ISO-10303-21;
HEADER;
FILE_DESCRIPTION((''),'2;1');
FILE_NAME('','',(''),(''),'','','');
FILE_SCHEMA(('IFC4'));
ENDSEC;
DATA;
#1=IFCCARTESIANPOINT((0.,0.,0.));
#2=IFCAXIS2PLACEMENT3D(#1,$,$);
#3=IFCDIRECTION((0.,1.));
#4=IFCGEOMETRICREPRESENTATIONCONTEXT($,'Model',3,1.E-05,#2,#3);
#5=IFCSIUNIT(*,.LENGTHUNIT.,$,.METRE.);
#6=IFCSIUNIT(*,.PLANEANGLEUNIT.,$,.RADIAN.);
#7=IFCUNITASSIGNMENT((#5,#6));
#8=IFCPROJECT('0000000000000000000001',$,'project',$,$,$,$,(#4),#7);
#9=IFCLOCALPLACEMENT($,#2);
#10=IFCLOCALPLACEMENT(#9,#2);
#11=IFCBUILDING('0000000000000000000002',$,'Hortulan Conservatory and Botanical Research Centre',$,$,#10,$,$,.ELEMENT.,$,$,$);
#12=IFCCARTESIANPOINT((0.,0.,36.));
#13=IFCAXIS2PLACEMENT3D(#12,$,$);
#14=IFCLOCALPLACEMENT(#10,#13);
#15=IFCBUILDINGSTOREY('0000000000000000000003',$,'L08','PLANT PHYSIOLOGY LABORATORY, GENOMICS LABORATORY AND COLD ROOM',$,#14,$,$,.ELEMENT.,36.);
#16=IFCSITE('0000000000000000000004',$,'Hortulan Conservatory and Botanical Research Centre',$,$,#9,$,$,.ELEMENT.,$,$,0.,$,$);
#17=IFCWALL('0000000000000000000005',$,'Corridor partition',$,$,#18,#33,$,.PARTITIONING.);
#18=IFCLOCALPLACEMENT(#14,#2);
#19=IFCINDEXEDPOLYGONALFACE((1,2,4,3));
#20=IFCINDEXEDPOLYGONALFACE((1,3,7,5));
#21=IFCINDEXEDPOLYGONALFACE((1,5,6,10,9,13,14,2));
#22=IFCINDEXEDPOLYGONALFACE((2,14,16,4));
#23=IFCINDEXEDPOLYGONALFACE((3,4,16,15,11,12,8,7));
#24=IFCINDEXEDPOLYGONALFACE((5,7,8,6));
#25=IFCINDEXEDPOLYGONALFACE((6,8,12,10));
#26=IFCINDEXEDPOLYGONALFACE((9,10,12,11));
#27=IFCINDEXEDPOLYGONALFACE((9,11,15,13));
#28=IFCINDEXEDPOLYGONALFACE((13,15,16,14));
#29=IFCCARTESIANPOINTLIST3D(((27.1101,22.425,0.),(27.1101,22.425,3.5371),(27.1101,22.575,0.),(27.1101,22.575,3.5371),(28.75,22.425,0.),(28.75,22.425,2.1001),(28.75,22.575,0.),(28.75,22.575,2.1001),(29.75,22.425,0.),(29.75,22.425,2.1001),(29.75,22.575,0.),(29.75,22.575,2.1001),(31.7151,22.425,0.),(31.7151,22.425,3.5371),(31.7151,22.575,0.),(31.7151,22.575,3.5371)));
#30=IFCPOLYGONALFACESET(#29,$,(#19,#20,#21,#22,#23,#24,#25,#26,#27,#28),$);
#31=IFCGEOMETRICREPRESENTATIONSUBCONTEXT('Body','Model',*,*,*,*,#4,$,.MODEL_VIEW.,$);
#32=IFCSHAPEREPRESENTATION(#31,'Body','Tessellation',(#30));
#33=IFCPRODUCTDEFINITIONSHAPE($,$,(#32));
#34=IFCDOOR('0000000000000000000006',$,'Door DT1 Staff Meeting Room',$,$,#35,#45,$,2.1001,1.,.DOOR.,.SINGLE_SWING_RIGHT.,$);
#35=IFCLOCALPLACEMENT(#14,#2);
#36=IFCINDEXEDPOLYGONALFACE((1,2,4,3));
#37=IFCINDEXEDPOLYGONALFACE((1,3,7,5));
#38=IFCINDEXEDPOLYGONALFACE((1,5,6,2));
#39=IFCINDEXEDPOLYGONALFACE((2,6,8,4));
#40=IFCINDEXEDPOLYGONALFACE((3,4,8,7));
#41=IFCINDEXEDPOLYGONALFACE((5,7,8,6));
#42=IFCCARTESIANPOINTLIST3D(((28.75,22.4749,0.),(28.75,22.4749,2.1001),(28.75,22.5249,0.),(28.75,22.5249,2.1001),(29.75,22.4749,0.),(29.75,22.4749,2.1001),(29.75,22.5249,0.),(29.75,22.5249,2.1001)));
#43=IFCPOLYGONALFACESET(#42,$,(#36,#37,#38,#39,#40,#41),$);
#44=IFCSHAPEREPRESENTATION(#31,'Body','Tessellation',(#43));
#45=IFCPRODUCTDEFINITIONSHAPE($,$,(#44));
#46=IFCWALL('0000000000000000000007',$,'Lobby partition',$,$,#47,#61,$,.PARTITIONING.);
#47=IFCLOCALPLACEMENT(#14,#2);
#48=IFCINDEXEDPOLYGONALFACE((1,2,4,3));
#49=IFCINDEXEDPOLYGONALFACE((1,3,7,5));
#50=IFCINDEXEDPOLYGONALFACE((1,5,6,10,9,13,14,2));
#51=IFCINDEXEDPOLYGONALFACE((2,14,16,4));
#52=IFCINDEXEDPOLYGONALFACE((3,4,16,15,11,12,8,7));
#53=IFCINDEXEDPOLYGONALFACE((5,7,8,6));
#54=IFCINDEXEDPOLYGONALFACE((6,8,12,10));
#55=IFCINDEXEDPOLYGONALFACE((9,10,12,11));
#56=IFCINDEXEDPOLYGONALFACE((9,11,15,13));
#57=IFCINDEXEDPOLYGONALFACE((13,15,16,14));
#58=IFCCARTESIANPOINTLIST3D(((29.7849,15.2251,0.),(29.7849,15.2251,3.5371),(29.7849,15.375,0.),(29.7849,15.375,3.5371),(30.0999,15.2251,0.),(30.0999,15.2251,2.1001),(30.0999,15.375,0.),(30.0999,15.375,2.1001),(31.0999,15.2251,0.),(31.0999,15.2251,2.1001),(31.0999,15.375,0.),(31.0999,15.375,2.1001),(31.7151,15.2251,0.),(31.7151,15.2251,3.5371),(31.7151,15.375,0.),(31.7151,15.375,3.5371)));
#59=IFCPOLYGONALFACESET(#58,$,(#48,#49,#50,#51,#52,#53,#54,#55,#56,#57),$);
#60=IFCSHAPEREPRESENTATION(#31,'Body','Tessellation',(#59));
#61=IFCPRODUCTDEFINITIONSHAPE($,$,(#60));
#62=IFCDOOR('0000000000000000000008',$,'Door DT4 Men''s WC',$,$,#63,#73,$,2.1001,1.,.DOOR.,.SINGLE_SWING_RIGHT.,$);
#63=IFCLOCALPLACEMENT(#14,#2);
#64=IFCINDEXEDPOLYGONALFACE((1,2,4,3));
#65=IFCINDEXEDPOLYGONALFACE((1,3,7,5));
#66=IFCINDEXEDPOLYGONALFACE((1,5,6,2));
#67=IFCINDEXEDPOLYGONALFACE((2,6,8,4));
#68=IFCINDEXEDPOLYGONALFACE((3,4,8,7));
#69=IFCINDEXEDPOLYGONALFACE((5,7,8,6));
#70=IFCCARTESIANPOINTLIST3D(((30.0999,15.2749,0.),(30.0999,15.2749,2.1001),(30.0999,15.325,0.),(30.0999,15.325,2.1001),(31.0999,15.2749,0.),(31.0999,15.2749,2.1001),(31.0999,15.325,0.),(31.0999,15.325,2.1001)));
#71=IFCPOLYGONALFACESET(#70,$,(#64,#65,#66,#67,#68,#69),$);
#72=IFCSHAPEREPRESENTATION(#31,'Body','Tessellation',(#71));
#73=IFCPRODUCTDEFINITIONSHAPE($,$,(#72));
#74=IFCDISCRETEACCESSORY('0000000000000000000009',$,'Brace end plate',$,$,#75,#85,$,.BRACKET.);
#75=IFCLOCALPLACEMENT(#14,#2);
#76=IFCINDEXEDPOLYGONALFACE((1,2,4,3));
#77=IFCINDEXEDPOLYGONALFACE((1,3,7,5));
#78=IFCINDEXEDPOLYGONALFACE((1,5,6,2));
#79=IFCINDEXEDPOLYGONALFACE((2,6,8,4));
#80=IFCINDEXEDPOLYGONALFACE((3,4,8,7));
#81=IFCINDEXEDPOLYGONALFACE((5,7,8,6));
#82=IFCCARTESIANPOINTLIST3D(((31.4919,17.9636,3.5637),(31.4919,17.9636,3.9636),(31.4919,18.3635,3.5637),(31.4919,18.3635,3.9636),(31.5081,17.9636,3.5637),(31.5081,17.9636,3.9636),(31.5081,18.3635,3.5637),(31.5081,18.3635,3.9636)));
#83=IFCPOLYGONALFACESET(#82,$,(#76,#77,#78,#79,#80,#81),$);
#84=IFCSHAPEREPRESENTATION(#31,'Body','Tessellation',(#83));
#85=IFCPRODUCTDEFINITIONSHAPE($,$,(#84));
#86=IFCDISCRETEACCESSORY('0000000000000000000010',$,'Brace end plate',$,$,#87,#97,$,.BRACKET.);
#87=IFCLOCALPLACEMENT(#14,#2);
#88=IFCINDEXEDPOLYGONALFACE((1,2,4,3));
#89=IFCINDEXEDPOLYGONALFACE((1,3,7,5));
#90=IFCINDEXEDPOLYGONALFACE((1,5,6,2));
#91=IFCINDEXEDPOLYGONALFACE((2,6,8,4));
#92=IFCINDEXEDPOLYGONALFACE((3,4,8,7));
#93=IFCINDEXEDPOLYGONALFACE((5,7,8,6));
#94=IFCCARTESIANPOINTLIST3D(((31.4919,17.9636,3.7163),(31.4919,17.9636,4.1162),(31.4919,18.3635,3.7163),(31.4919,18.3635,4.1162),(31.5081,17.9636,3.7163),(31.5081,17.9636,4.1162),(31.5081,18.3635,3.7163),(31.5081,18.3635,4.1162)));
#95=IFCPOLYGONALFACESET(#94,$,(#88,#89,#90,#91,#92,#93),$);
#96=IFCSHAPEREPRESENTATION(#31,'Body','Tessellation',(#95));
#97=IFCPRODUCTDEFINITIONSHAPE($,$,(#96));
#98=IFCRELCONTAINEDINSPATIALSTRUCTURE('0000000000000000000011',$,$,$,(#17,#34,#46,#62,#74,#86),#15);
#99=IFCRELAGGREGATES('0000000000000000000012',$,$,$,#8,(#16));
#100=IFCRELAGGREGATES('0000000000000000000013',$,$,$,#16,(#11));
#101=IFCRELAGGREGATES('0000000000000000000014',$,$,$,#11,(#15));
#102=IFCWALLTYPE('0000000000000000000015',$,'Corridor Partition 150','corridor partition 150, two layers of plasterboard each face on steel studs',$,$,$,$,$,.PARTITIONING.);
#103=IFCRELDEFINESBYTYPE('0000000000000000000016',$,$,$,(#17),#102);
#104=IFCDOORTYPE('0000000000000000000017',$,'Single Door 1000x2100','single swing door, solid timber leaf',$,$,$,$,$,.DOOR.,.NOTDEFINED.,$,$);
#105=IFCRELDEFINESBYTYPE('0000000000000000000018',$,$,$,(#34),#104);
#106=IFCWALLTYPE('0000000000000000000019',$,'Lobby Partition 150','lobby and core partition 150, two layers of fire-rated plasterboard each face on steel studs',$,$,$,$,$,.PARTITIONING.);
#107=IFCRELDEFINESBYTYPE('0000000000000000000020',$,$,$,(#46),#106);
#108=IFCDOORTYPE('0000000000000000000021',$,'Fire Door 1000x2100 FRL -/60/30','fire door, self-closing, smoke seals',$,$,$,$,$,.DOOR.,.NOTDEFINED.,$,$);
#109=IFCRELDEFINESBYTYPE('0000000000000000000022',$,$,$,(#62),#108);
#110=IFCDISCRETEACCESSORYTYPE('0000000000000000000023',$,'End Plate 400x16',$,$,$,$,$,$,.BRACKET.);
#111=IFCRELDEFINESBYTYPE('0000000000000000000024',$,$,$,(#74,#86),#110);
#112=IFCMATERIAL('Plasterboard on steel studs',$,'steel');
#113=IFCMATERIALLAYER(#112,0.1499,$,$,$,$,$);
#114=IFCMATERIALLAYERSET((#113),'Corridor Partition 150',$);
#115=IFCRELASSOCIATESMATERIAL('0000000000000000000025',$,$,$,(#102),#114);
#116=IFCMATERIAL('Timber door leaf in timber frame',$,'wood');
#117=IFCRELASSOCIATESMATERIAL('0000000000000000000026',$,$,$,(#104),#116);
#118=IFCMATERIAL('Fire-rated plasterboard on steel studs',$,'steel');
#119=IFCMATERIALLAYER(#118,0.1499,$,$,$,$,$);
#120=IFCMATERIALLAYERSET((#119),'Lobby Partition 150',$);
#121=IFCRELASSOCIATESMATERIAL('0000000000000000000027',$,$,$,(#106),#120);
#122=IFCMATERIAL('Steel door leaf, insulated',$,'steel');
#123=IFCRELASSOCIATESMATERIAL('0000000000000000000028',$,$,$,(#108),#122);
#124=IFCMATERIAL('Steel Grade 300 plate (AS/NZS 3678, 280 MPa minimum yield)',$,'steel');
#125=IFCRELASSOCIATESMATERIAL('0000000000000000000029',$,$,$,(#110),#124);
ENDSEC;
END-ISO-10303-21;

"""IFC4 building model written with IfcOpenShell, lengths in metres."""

from ifc_helpers import new_model, si_unit, direction, frame, frame_2d, origin, origin_2d, place, context, subcontext, project, spatial, rectangle, extrude, material, layer, layer_set, type_object, element, fill, save


model = new_model("IFC4")

# Units and contexts
model_context = context("Model", 3, precision=1e-05, world=origin(), true_north=direction((0.0, 1.0)))
body_context = subcontext(model_context, "Body", "Model", "MODEL_VIEW")
ifc_project = project(units=[si_unit("LENGTHUNIT", "METRE"), si_unit("PLANEANGLEUNIT", "RADIAN")], contexts=[model_context])

# Site, building, storey
site_placement = place(None, origin())
site = spatial("IfcSite", under=ifc_project, at=site_placement, Name="Hortulan Conservatory and Botanical Research Centre", CompositionType="ELEMENT", RefElevation=0.0)
building_placement = place(site_placement, origin())
building = spatial("IfcBuilding", under=site, at=building_placement, Name="Hortulan Conservatory and Botanical Research Centre", CompositionType="ELEMENT")
storey_placement = place(building_placement, frame((0.0, 0.0, 36.0)))
storey = spatial("IfcBuildingStorey", under=building, at=storey_placement, Name="L08", Description="PLANT PHYSIOLOGY LABORATORY, GENOMICS LABORATORY AND COLD ROOM", CompositionType="ELEMENT", Elevation=36.0)

# Shared definitions
ifc_material_1 = material(Name="Fire-rated plasterboard on steel studs", Category="steel")

# Shared definitions
ifc_material_2 = material(Name="Steel door leaf, insulated", Category="steel")

# Shared definitions
ifc_material_3 = material(Name="Plasterboard on steel studs", Category="steel")
ifc_layer_1 = layer(ifc_material_3, 0.1499)
ifc_layer_set_1 = layer_set([ifc_layer_1], Name="Corridor Partition 150")
wall_type_1 = type_object("IfcWallType", Name="Corridor Partition 150", Description="corridor partition 150, two layers of plasterboard each face on steel studs", PredefinedType="PARTITIONING", material=ifc_layer_set_1)

# Walls, openings, doors
wall_1_placement = place(storey_placement, frame((27.1101, 22.5, 0.0), z_axis=(0.0, 0.0, 1.0), x_axis=(1.0, 0.0, 0.0)))
wall_1 = element("IfcWall", 1, at=wall_1_placement, inside=storey, type_object=wall_type_1, Name="Corridor partition", PredefinedType="PARTITIONING", context=body_context, shape_type="SweptSolid", body=[
    extrude(rectangle(XDim=4.605, YDim=0.1499, at=frame_2d((2.3025, 0.0))), origin(), (0.0, 0.0, 1.0), 3.5371),
])
opening_1_placement = place(wall_1_placement, frame((1.6399, 0.0, 0.0)))
opening_1 = element("IfcOpeningElement", 2, at=opening_1_placement, cuts=wall_1, PredefinedType="OPENING", context=body_context, shape_type="SweptSolid", body=[
    extrude(rectangle(XDim=1.0, YDim=2.1001, at=frame_2d((0.5, 1.05))), frame((0.0, 0.085, 0.0), z_axis=(0.0, -1.0, 0.0), x_axis=(1.0, 0.0, 0.0)), (0.0, 0.0, 1.0), 0.1699),
])
ifc_material_4 = material(Name="Timber door leaf in timber frame", Category="wood")
door_type_1 = type_object("IfcDoorType", Name="Single Door 1000x2100", Description="single swing door, solid timber leaf", OperationType="NOTDEFINED", PredefinedType="DOOR", material=ifc_material_4)
door_1_placement = place(opening_1_placement, origin())
door_1 = element("IfcDoor", 3, at=door_1_placement, inside=storey, type_object=door_type_1, Name="Door DT1 Staff Meeting Room", OperationType="SINGLE_SWING_RIGHT", OverallHeight=2.1001, OverallWidth=1.0, PredefinedType="DOOR", context=body_context, shape_type="SweptSolid", body=[
    extrude(rectangle(XDim=1.0, YDim=2.1001, at=frame_2d((0.5, 1.05))), frame((0.0, 0.0249, 0.0), z_axis=(0.0, -1.0, 0.0), x_axis=(1.0, 0.0, 0.0)), (0.0, 0.0, 1.0), 0.05),
])
fill(opening_1, door_1)
ifc_layer_2 = layer(ifc_material_1, 0.1499)
ifc_layer_set_2 = layer_set([ifc_layer_2], Name="Lobby Partition 150")
wall_type_2 = type_object("IfcWallType", Name="Lobby Partition 150", Description="lobby and core partition 150, two layers of fire-rated plasterboard each face on steel studs", PredefinedType="PARTITIONING", material=ifc_layer_set_2)
wall_2_placement = place(storey_placement, frame((29.7849, 15.3, 0.0), z_axis=(0.0, 0.0, 1.0), x_axis=(1.0, 0.0, 0.0)))
wall_2 = element("IfcWall", 4, at=wall_2_placement, inside=storey, type_object=wall_type_2, Name="Lobby partition", PredefinedType="PARTITIONING", context=body_context, shape_type="SweptSolid", body=[
    extrude(rectangle(XDim=1.9302, YDim=0.1499, at=frame_2d((0.9651, 0.0))), origin(), (0.0, 0.0, 1.0), 3.5371),
])
opening_2_placement = place(wall_2_placement, frame((0.3149, 0.0, 0.0)))
opening_2 = element("IfcOpeningElement", 5, at=opening_2_placement, cuts=wall_2, PredefinedType="OPENING", context=body_context, shape_type="SweptSolid", body=[
    extrude(rectangle(XDim=1.0, YDim=2.1001, at=frame_2d((0.5, 1.05))), frame((0.0, 0.085, 0.0), z_axis=(0.0, -1.0, 0.0), x_axis=(1.0, 0.0, 0.0)), (0.0, 0.0, 1.0), 0.1699),
])
door_type_2 = type_object("IfcDoorType", Name="Fire Door 1000x2100 FRL -/60/30", Description="fire door, self-closing, smoke seals", OperationType="NOTDEFINED", PredefinedType="DOOR", material=ifc_material_2)
door_2_placement = place(opening_2_placement, origin())
door_2 = element("IfcDoor", 6, at=door_2_placement, inside=storey, type_object=door_type_2, Name="Door DT4 Men's WC", OperationType="SINGLE_SWING_RIGHT", OverallHeight=2.1001, OverallWidth=1.0, PredefinedType="DOOR", context=body_context, shape_type="SweptSolid", body=[
    extrude(rectangle(XDim=1.0, YDim=2.1001, at=frame_2d((0.5, 1.05))), frame((0.0, 0.0249, 0.0), z_axis=(0.0, -1.0, 0.0), x_axis=(1.0, 0.0, 0.0)), (0.0, 0.0, 1.0), 0.05),
])
fill(opening_2, door_2)

# Discrete accessories
ifc_material_5 = material(Name="Steel Grade 300 plate (AS/NZS 3678, 280 MPa minimum yield)", Category="steel")
discrete_accessory_type = type_object("IfcDiscreteAccessoryType", Name="End Plate 400x16", PredefinedType="BRACKET", material=ifc_material_5)
for number, where, z_axis, x_axis, name in (
    (7, (31.5, 18.1636, 3.5637), (0.0, 0.0, 1.0), (0.0, -1.0, 0.0), "Brace end plate"),
    (8, (31.5, 18.1636, 3.7163), (0.0, 0.0, 1.0), (0.0, -1.0, 0.0), "Brace end plate"),
):
    element("IfcDiscreteAccessory", number, at=place(storey_placement, frame(where, z_axis=z_axis, x_axis=x_axis)), inside=storey, type_object=discrete_accessory_type, Name=name, PredefinedType="BRACKET", context=body_context, shape_type="SweptSolid", body=[
        extrude(rectangle(XDim=0.3999, YDim=0.0161, at=origin_2d()), origin(), (0.0, 0.0, 1.0), 0.3999),
    ])

save(model, "model.ifc")
